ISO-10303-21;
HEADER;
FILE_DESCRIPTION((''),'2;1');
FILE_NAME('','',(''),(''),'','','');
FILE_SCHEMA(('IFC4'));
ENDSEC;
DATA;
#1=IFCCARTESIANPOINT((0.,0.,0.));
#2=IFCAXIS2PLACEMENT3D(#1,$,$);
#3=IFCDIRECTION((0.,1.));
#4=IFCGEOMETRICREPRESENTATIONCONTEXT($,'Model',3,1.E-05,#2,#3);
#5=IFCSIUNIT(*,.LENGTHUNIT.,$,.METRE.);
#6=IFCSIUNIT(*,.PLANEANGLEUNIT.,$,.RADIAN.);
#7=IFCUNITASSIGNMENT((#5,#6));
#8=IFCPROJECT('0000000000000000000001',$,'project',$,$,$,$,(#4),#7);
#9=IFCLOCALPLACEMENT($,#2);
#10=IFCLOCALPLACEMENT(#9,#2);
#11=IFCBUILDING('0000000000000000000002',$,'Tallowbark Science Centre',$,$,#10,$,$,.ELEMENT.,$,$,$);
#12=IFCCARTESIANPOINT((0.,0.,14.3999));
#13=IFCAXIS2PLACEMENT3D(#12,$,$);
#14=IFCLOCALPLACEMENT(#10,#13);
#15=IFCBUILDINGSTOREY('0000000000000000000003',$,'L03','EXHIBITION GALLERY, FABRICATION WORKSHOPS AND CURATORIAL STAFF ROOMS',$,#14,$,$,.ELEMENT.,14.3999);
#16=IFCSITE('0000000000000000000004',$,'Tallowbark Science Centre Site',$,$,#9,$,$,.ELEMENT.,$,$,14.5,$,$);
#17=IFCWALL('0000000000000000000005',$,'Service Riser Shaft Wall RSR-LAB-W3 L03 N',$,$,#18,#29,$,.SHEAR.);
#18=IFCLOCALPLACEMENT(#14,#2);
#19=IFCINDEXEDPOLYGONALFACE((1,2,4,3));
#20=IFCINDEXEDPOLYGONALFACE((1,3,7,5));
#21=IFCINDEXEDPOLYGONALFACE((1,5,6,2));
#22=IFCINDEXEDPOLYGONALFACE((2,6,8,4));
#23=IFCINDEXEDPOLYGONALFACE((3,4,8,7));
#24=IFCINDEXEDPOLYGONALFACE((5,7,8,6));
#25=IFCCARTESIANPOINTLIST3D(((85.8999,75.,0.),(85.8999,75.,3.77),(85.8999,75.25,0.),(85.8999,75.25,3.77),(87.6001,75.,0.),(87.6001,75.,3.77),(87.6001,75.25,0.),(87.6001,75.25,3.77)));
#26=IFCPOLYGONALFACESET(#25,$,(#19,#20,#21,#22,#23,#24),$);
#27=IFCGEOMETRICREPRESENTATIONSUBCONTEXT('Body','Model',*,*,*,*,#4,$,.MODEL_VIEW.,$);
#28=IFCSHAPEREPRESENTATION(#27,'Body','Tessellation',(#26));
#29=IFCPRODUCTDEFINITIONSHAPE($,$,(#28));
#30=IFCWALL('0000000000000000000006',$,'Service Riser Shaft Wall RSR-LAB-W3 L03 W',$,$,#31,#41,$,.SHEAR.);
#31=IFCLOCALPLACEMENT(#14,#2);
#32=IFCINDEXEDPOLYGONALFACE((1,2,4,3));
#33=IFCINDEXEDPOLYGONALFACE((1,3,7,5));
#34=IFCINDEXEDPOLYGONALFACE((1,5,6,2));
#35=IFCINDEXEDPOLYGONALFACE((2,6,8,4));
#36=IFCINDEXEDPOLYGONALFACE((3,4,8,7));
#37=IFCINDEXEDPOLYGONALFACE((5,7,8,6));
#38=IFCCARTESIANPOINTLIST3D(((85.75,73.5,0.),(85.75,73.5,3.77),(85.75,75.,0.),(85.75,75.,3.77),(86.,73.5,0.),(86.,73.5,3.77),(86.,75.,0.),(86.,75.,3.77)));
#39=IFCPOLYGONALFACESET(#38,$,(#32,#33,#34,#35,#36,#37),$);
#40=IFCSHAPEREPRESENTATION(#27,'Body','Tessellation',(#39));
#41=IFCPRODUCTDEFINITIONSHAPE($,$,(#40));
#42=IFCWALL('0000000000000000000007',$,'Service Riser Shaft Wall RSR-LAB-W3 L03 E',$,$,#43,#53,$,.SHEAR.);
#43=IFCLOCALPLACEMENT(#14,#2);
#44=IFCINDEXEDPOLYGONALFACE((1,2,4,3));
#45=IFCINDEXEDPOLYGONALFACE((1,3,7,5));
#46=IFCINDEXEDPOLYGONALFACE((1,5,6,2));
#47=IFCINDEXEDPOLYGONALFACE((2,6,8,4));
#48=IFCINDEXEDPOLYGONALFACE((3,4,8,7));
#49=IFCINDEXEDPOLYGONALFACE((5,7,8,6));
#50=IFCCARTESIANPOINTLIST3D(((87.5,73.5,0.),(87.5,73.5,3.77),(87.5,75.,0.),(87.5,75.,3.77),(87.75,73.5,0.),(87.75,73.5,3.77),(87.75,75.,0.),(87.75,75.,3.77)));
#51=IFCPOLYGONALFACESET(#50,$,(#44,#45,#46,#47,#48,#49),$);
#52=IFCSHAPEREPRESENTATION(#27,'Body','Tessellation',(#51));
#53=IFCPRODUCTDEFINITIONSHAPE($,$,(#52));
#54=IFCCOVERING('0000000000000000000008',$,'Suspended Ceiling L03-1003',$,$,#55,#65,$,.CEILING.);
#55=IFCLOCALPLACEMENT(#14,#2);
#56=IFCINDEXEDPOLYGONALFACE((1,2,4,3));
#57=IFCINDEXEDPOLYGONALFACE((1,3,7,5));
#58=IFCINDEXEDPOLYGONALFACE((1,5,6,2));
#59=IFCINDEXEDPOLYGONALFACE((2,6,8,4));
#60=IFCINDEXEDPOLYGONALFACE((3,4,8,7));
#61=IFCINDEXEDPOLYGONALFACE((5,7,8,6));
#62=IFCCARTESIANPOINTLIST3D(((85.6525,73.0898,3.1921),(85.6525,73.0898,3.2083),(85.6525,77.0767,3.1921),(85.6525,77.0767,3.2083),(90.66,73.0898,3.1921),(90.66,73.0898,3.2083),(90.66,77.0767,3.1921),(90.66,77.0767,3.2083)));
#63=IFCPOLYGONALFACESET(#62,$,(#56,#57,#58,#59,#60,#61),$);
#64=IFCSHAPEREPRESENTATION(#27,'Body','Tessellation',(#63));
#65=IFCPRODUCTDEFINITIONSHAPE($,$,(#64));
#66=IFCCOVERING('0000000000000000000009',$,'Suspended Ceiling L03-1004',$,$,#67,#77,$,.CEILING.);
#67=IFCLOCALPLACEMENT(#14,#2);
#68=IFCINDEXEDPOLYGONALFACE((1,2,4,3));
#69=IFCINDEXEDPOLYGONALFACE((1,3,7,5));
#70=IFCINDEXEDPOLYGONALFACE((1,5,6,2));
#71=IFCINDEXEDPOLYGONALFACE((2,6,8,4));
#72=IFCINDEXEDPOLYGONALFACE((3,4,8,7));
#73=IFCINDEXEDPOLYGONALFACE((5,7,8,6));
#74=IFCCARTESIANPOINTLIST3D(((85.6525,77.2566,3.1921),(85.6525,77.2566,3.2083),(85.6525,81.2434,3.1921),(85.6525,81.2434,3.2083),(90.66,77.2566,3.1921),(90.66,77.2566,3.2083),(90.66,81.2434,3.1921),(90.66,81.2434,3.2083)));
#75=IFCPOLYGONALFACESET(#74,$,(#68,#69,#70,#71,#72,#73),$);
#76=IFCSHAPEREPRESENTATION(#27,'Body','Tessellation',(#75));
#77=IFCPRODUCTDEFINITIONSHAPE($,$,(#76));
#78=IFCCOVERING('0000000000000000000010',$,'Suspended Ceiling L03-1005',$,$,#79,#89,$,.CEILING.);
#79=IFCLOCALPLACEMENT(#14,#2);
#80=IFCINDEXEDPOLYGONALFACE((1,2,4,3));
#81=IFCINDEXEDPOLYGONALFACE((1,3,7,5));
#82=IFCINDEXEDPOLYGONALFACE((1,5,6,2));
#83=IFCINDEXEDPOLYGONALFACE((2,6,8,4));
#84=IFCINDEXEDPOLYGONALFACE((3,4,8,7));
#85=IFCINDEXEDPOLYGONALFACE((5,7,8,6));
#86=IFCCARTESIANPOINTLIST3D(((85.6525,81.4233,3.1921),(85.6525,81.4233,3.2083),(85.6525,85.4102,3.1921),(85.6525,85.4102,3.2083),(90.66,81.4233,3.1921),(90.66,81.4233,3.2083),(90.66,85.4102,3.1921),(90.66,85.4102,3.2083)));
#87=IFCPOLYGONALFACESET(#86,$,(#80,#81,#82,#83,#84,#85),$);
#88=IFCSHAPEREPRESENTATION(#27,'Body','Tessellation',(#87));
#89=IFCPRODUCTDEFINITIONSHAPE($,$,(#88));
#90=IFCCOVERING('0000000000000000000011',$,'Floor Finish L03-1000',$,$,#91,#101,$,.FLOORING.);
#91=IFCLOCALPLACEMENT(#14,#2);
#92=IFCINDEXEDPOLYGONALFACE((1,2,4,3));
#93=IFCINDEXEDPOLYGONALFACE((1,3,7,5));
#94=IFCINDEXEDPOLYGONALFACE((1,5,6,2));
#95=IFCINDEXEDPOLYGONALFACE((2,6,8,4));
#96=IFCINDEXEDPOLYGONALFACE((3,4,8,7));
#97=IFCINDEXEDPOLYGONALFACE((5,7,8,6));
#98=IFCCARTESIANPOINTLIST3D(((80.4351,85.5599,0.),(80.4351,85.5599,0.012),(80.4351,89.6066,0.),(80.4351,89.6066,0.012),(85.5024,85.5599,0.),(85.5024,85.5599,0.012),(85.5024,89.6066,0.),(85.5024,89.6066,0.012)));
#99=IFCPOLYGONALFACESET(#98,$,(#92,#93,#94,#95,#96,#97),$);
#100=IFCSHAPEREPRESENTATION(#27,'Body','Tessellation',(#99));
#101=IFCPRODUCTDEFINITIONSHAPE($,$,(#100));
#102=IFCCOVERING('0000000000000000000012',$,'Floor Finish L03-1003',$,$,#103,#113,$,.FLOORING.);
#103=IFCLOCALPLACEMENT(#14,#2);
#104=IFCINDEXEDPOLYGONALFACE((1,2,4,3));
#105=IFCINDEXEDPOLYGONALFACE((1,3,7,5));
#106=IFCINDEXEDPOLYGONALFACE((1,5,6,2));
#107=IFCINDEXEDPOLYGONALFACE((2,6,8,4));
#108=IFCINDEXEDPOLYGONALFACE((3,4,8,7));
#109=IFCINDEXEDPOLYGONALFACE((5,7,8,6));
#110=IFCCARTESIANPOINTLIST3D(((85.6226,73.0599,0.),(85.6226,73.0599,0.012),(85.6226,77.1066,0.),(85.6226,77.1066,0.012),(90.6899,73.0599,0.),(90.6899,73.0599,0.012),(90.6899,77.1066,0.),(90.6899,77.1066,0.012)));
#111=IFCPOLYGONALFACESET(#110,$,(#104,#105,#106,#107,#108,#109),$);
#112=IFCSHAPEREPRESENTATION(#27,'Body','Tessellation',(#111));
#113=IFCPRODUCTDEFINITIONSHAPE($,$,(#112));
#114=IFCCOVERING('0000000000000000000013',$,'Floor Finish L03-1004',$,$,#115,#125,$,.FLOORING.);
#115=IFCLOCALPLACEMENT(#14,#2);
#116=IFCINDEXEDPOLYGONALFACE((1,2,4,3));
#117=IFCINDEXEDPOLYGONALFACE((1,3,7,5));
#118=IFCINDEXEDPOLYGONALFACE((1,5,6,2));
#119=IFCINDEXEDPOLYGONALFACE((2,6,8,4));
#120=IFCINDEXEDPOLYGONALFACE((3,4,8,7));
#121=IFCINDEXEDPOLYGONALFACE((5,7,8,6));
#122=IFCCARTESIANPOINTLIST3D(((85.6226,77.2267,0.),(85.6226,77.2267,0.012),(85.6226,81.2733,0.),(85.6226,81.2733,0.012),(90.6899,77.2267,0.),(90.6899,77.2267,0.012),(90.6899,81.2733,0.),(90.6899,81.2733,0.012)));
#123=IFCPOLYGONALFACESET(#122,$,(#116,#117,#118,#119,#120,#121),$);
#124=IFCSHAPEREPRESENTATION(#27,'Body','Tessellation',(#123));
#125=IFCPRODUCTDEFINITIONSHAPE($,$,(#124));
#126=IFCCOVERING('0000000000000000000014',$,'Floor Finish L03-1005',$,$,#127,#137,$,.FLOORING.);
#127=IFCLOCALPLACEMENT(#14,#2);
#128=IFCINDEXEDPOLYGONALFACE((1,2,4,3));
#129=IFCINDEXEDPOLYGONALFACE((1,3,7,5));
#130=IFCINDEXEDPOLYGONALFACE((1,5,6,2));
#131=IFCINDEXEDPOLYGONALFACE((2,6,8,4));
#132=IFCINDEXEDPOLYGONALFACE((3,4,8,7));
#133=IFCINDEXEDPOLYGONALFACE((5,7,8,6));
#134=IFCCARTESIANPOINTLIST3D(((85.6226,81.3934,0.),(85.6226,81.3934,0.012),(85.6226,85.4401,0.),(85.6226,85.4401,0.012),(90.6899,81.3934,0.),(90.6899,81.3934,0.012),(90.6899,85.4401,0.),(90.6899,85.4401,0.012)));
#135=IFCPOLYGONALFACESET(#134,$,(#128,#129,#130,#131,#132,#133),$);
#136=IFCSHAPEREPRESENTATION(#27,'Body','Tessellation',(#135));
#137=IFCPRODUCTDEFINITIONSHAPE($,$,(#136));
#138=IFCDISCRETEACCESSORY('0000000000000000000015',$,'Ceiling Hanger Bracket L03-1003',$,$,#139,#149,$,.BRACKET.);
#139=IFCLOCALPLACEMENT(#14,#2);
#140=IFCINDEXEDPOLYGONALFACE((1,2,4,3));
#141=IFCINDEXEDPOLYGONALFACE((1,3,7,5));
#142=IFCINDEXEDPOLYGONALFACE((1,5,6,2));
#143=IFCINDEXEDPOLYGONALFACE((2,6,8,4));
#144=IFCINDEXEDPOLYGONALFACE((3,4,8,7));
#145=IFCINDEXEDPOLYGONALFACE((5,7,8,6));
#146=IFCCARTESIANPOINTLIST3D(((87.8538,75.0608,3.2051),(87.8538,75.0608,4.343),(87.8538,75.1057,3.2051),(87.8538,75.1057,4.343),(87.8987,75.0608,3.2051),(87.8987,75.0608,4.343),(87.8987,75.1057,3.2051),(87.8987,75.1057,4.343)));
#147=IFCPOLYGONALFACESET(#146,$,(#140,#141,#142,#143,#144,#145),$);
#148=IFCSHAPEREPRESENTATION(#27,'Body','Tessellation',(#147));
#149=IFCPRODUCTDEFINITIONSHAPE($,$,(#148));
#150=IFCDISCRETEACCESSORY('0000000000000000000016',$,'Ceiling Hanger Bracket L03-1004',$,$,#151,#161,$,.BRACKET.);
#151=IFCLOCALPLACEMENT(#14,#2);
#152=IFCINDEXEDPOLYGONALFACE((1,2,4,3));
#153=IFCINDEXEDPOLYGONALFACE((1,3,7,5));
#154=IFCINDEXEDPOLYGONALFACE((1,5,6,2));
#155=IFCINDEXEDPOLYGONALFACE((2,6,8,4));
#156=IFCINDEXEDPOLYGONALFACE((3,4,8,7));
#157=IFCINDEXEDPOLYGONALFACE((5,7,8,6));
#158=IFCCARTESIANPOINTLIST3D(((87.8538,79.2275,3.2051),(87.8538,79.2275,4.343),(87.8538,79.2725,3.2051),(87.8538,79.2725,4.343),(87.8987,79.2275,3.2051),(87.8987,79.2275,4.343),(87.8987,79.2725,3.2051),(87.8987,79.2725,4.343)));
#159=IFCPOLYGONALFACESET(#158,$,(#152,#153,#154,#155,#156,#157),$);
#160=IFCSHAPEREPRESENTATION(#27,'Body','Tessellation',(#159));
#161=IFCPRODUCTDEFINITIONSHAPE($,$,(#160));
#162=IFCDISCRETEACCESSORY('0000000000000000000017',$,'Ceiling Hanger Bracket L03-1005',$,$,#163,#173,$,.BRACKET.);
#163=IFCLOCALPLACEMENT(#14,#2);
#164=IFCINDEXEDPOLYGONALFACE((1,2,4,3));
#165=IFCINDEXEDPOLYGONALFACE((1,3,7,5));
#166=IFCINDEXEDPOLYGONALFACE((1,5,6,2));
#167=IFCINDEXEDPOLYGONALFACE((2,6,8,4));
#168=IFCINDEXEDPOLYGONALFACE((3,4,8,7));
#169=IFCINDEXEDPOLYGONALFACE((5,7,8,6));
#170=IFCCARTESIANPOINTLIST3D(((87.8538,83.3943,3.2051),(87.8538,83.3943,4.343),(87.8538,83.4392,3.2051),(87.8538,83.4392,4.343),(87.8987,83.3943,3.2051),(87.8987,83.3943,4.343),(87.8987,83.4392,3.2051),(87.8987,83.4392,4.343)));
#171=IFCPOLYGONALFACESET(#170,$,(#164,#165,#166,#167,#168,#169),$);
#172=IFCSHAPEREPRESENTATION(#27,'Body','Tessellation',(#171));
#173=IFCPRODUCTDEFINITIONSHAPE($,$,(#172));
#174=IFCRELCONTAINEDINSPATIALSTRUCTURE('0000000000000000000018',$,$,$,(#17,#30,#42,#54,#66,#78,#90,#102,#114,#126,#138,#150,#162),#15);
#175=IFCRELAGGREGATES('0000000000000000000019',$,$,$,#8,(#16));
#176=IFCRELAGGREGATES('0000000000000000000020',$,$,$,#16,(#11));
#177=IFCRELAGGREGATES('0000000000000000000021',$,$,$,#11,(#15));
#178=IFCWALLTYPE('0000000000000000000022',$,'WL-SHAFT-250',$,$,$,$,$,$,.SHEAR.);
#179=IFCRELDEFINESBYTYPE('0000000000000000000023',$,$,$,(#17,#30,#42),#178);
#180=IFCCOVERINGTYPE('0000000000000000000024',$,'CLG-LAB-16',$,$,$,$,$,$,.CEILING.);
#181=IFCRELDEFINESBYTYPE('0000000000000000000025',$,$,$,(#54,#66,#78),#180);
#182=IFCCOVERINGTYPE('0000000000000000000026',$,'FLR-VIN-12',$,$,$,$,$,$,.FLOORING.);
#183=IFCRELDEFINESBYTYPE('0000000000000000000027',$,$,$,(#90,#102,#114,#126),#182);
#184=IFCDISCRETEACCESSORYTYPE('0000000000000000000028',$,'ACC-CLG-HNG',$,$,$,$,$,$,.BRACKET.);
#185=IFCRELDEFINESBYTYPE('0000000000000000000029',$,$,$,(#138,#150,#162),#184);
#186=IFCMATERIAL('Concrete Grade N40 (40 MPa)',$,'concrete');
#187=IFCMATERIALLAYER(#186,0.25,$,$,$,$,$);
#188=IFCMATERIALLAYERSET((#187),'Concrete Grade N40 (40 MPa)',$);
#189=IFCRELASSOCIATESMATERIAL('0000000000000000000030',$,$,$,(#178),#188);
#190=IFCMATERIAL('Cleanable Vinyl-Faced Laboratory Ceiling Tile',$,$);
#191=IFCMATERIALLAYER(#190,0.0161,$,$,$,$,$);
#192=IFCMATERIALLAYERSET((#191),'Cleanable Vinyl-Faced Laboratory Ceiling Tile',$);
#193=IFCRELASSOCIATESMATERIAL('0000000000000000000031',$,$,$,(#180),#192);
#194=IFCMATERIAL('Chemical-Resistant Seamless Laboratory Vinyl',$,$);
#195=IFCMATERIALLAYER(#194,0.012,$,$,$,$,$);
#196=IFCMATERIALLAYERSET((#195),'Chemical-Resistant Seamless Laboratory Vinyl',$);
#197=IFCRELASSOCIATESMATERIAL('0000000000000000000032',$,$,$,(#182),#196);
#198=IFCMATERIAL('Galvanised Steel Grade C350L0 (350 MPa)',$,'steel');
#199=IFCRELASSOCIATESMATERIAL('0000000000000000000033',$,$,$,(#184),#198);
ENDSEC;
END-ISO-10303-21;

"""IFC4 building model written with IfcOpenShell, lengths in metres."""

from ifc_helpers import new_model, si_unit, direction, frame, frame_2d, origin, origin_2d, place, context, subcontext, project, spatial, rectangle, extrude, material, layer, layer_set, type_object, element, save


model = new_model("IFC4")

# Units and contexts
model_context = context("Model", 3, precision=1e-05, world=origin(), true_north=direction((0.0, 1.0)))
body_context = subcontext(model_context, "Body", "Model", "MODEL_VIEW")
ifc_project = project(units=[si_unit("LENGTHUNIT", "METRE"), si_unit("PLANEANGLEUNIT", "RADIAN")], contexts=[model_context])

# Site, building, storey
site_placement = place(None, origin())
site = spatial("IfcSite", under=ifc_project, at=site_placement, Name="Tallowbark Science Centre Site", CompositionType="ELEMENT", RefElevation=14.5)
building_placement = place(site_placement, origin())
building = spatial("IfcBuilding", under=site, at=building_placement, Name="Tallowbark Science Centre", CompositionType="ELEMENT")
storey_placement = place(building_placement, frame((0.0, 0.0, 14.3999)))
storey = spatial("IfcBuildingStorey", under=building, at=storey_placement, Name="L03", Description="EXHIBITION GALLERY, FABRICATION WORKSHOPS AND CURATORIAL STAFF ROOMS", CompositionType="ELEMENT", Elevation=14.3999)

# Walls
ifc_material_1 = material(Name="Concrete Grade N40 (40 MPa)", Category="concrete")
ifc_layer_1 = layer(ifc_material_1, 0.25)
ifc_layer_set_1 = layer_set([ifc_layer_1], Name="Concrete Grade N40 (40 MPa)")
wall_type_1 = type_object("IfcWallType", Name="WL-SHAFT-250", PredefinedType="SHEAR", material=ifc_layer_set_1)
for number, where, z_axis, x_axis, name in (
    (1, (85.8999, 75.125, 0.0), (0.0, 0.0, 1.0), (1.0, 0.0, 0.0), "Service Riser Shaft Wall RSR-LAB-W3 L03 N"),
):
    element("IfcWall", number, at=place(storey_placement, frame(where, z_axis=z_axis, x_axis=x_axis)), inside=storey, type_object=wall_type_1, Name=name, PredefinedType="SHEAR", context=body_context, shape_type="SweptSolid", body=[
        extrude(rectangle(XDim=1.7002, YDim=0.25, at=frame_2d((0.8501, 0.0))), origin(), (0.0, 0.0, 1.0), 3.77),
    ])
for number, where, z_axis, x_axis, name in (
    (2, (85.875, 73.5, 0.0), (0.0, 0.0, 1.0), (0.0, 1.0, 0.0), "Service Riser Shaft Wall RSR-LAB-W3 L03 W"),
    (3, (87.625, 73.5, 0.0), (0.0, 0.0, 1.0), (0.0, 1.0, 0.0), "Service Riser Shaft Wall RSR-LAB-W3 L03 E"),
):
    element("IfcWall", number, at=place(storey_placement, frame(where, z_axis=z_axis, x_axis=x_axis)), inside=storey, type_object=wall_type_1, Name=name, PredefinedType="SHEAR", context=body_context, shape_type="SweptSolid", body=[
        extrude(rectangle(XDim=1.5, YDim=0.25, at=frame_2d((0.75, 0.0))), origin(), (0.0, 0.0, 1.0), 3.77),
    ])

# Coverings
ifc_material_2 = material(Name="Cleanable Vinyl-Faced Laboratory Ceiling Tile")
ifc_layer_2 = layer(ifc_material_2, 0.0161)
ifc_layer_set_2 = layer_set([ifc_layer_2], Name="Cleanable Vinyl-Faced Laboratory Ceiling Tile")
covering_type_1 = type_object("IfcCoveringType", Name="CLG-LAB-16", PredefinedType="CEILING", material=ifc_layer_set_2)
for number, where, z_axis, x_axis, name in (
    (4, (88.1562, 75.0833, 3.1921), (0.0, 0.0, 1.0), (1.0, 0.0, 0.0), "Suspended Ceiling L03-1003"),
    (5, (88.1562, 79.25, 3.1921), (0.0, 0.0, 1.0), (1.0, 0.0, 0.0), "Suspended Ceiling L03-1004"),
    (6, (88.1562, 83.4167, 3.1921), (0.0, 0.0, 1.0), (1.0, 0.0, 0.0), "Suspended Ceiling L03-1005"),
):
    element("IfcCovering", number, at=place(storey_placement, frame(where, z_axis=z_axis, x_axis=x_axis)), inside=storey, type_object=covering_type_1, Name=name, PredefinedType="CEILING", context=body_context, shape_type="SweptSolid", body=[
        extrude(rectangle(XDim=5.0076, YDim=3.9868, at=origin_2d()), origin(), (0.0, 0.0, 1.0), 0.0161),
    ])
ifc_material_3 = material(Name="Chemical-Resistant Seamless Laboratory Vinyl")
ifc_layer_3 = layer(ifc_material_3, 0.012)
ifc_layer_set_3 = layer_set([ifc_layer_3], Name="Chemical-Resistant Seamless Laboratory Vinyl")
covering_type_2 = type_object("IfcCoveringType", Name="FLR-VIN-12", PredefinedType="FLOORING", material=ifc_layer_set_3)
for number, where, z_axis, x_axis, name in (
    (7, (82.9688, 87.5833, 0.0), (0.0, 0.0, 1.0), (1.0, 0.0, 0.0), "Floor Finish L03-1000"),
    (8, (88.1562, 75.0833, 0.0), (0.0, 0.0, 1.0), (1.0, 0.0, 0.0), "Floor Finish L03-1003"),
    (9, (88.1562, 79.25, 0.0), (0.0, 0.0, 1.0), (1.0, 0.0, 0.0), "Floor Finish L03-1004"),
    (10, (88.1562, 83.4167, 0.0), (0.0, 0.0, 1.0), (1.0, 0.0, 0.0), "Floor Finish L03-1005"),
):
    element("IfcCovering", number, at=place(storey_placement, frame(where, z_axis=z_axis, x_axis=x_axis)), inside=storey, type_object=covering_type_2, Name=name, PredefinedType="FLOORING", context=body_context, shape_type="SweptSolid", body=[
        extrude(rectangle(XDim=5.0674, YDim=4.0466, at=origin_2d()), origin(), (0.0, 0.0, 1.0), 0.012),
    ])

# Discrete accessories
ifc_material_4 = material(Name="Galvanised Steel Grade C350L0 (350 MPa)", Category="steel")
discrete_accessory_type = type_object("IfcDiscreteAccessoryType", Name="ACC-CLG-HNG", PredefinedType="BRACKET", material=ifc_material_4)
for number, where, z_axis, x_axis, name in (
    (11, (87.8762, 75.0833, 3.2051), (0.0, 0.0, 1.0), (1.0, 0.0, 0.0), "Ceiling Hanger Bracket L03-1003"),
    (12, (87.8762, 79.25, 3.2051), (0.0, 0.0, 1.0), (1.0, 0.0, 0.0), "Ceiling Hanger Bracket L03-1004"),
    (13, (87.8762, 83.4167, 3.2051), (0.0, 0.0, 1.0), (1.0, 0.0, 0.0), "Ceiling Hanger Bracket L03-1005"),
):
    element("IfcDiscreteAccessory", number, at=place(storey_placement, frame(where, z_axis=z_axis, x_axis=x_axis)), inside=storey, type_object=discrete_accessory_type, Name=name, PredefinedType="BRACKET", context=body_context, shape_type="SweptSolid", body=[
        extrude(rectangle(XDim=0.0449, YDim=0.0449, at=origin_2d()), origin(), (0.0, 0.0, 1.0), 1.1379),
    ])

save(model, "model.ifc")
